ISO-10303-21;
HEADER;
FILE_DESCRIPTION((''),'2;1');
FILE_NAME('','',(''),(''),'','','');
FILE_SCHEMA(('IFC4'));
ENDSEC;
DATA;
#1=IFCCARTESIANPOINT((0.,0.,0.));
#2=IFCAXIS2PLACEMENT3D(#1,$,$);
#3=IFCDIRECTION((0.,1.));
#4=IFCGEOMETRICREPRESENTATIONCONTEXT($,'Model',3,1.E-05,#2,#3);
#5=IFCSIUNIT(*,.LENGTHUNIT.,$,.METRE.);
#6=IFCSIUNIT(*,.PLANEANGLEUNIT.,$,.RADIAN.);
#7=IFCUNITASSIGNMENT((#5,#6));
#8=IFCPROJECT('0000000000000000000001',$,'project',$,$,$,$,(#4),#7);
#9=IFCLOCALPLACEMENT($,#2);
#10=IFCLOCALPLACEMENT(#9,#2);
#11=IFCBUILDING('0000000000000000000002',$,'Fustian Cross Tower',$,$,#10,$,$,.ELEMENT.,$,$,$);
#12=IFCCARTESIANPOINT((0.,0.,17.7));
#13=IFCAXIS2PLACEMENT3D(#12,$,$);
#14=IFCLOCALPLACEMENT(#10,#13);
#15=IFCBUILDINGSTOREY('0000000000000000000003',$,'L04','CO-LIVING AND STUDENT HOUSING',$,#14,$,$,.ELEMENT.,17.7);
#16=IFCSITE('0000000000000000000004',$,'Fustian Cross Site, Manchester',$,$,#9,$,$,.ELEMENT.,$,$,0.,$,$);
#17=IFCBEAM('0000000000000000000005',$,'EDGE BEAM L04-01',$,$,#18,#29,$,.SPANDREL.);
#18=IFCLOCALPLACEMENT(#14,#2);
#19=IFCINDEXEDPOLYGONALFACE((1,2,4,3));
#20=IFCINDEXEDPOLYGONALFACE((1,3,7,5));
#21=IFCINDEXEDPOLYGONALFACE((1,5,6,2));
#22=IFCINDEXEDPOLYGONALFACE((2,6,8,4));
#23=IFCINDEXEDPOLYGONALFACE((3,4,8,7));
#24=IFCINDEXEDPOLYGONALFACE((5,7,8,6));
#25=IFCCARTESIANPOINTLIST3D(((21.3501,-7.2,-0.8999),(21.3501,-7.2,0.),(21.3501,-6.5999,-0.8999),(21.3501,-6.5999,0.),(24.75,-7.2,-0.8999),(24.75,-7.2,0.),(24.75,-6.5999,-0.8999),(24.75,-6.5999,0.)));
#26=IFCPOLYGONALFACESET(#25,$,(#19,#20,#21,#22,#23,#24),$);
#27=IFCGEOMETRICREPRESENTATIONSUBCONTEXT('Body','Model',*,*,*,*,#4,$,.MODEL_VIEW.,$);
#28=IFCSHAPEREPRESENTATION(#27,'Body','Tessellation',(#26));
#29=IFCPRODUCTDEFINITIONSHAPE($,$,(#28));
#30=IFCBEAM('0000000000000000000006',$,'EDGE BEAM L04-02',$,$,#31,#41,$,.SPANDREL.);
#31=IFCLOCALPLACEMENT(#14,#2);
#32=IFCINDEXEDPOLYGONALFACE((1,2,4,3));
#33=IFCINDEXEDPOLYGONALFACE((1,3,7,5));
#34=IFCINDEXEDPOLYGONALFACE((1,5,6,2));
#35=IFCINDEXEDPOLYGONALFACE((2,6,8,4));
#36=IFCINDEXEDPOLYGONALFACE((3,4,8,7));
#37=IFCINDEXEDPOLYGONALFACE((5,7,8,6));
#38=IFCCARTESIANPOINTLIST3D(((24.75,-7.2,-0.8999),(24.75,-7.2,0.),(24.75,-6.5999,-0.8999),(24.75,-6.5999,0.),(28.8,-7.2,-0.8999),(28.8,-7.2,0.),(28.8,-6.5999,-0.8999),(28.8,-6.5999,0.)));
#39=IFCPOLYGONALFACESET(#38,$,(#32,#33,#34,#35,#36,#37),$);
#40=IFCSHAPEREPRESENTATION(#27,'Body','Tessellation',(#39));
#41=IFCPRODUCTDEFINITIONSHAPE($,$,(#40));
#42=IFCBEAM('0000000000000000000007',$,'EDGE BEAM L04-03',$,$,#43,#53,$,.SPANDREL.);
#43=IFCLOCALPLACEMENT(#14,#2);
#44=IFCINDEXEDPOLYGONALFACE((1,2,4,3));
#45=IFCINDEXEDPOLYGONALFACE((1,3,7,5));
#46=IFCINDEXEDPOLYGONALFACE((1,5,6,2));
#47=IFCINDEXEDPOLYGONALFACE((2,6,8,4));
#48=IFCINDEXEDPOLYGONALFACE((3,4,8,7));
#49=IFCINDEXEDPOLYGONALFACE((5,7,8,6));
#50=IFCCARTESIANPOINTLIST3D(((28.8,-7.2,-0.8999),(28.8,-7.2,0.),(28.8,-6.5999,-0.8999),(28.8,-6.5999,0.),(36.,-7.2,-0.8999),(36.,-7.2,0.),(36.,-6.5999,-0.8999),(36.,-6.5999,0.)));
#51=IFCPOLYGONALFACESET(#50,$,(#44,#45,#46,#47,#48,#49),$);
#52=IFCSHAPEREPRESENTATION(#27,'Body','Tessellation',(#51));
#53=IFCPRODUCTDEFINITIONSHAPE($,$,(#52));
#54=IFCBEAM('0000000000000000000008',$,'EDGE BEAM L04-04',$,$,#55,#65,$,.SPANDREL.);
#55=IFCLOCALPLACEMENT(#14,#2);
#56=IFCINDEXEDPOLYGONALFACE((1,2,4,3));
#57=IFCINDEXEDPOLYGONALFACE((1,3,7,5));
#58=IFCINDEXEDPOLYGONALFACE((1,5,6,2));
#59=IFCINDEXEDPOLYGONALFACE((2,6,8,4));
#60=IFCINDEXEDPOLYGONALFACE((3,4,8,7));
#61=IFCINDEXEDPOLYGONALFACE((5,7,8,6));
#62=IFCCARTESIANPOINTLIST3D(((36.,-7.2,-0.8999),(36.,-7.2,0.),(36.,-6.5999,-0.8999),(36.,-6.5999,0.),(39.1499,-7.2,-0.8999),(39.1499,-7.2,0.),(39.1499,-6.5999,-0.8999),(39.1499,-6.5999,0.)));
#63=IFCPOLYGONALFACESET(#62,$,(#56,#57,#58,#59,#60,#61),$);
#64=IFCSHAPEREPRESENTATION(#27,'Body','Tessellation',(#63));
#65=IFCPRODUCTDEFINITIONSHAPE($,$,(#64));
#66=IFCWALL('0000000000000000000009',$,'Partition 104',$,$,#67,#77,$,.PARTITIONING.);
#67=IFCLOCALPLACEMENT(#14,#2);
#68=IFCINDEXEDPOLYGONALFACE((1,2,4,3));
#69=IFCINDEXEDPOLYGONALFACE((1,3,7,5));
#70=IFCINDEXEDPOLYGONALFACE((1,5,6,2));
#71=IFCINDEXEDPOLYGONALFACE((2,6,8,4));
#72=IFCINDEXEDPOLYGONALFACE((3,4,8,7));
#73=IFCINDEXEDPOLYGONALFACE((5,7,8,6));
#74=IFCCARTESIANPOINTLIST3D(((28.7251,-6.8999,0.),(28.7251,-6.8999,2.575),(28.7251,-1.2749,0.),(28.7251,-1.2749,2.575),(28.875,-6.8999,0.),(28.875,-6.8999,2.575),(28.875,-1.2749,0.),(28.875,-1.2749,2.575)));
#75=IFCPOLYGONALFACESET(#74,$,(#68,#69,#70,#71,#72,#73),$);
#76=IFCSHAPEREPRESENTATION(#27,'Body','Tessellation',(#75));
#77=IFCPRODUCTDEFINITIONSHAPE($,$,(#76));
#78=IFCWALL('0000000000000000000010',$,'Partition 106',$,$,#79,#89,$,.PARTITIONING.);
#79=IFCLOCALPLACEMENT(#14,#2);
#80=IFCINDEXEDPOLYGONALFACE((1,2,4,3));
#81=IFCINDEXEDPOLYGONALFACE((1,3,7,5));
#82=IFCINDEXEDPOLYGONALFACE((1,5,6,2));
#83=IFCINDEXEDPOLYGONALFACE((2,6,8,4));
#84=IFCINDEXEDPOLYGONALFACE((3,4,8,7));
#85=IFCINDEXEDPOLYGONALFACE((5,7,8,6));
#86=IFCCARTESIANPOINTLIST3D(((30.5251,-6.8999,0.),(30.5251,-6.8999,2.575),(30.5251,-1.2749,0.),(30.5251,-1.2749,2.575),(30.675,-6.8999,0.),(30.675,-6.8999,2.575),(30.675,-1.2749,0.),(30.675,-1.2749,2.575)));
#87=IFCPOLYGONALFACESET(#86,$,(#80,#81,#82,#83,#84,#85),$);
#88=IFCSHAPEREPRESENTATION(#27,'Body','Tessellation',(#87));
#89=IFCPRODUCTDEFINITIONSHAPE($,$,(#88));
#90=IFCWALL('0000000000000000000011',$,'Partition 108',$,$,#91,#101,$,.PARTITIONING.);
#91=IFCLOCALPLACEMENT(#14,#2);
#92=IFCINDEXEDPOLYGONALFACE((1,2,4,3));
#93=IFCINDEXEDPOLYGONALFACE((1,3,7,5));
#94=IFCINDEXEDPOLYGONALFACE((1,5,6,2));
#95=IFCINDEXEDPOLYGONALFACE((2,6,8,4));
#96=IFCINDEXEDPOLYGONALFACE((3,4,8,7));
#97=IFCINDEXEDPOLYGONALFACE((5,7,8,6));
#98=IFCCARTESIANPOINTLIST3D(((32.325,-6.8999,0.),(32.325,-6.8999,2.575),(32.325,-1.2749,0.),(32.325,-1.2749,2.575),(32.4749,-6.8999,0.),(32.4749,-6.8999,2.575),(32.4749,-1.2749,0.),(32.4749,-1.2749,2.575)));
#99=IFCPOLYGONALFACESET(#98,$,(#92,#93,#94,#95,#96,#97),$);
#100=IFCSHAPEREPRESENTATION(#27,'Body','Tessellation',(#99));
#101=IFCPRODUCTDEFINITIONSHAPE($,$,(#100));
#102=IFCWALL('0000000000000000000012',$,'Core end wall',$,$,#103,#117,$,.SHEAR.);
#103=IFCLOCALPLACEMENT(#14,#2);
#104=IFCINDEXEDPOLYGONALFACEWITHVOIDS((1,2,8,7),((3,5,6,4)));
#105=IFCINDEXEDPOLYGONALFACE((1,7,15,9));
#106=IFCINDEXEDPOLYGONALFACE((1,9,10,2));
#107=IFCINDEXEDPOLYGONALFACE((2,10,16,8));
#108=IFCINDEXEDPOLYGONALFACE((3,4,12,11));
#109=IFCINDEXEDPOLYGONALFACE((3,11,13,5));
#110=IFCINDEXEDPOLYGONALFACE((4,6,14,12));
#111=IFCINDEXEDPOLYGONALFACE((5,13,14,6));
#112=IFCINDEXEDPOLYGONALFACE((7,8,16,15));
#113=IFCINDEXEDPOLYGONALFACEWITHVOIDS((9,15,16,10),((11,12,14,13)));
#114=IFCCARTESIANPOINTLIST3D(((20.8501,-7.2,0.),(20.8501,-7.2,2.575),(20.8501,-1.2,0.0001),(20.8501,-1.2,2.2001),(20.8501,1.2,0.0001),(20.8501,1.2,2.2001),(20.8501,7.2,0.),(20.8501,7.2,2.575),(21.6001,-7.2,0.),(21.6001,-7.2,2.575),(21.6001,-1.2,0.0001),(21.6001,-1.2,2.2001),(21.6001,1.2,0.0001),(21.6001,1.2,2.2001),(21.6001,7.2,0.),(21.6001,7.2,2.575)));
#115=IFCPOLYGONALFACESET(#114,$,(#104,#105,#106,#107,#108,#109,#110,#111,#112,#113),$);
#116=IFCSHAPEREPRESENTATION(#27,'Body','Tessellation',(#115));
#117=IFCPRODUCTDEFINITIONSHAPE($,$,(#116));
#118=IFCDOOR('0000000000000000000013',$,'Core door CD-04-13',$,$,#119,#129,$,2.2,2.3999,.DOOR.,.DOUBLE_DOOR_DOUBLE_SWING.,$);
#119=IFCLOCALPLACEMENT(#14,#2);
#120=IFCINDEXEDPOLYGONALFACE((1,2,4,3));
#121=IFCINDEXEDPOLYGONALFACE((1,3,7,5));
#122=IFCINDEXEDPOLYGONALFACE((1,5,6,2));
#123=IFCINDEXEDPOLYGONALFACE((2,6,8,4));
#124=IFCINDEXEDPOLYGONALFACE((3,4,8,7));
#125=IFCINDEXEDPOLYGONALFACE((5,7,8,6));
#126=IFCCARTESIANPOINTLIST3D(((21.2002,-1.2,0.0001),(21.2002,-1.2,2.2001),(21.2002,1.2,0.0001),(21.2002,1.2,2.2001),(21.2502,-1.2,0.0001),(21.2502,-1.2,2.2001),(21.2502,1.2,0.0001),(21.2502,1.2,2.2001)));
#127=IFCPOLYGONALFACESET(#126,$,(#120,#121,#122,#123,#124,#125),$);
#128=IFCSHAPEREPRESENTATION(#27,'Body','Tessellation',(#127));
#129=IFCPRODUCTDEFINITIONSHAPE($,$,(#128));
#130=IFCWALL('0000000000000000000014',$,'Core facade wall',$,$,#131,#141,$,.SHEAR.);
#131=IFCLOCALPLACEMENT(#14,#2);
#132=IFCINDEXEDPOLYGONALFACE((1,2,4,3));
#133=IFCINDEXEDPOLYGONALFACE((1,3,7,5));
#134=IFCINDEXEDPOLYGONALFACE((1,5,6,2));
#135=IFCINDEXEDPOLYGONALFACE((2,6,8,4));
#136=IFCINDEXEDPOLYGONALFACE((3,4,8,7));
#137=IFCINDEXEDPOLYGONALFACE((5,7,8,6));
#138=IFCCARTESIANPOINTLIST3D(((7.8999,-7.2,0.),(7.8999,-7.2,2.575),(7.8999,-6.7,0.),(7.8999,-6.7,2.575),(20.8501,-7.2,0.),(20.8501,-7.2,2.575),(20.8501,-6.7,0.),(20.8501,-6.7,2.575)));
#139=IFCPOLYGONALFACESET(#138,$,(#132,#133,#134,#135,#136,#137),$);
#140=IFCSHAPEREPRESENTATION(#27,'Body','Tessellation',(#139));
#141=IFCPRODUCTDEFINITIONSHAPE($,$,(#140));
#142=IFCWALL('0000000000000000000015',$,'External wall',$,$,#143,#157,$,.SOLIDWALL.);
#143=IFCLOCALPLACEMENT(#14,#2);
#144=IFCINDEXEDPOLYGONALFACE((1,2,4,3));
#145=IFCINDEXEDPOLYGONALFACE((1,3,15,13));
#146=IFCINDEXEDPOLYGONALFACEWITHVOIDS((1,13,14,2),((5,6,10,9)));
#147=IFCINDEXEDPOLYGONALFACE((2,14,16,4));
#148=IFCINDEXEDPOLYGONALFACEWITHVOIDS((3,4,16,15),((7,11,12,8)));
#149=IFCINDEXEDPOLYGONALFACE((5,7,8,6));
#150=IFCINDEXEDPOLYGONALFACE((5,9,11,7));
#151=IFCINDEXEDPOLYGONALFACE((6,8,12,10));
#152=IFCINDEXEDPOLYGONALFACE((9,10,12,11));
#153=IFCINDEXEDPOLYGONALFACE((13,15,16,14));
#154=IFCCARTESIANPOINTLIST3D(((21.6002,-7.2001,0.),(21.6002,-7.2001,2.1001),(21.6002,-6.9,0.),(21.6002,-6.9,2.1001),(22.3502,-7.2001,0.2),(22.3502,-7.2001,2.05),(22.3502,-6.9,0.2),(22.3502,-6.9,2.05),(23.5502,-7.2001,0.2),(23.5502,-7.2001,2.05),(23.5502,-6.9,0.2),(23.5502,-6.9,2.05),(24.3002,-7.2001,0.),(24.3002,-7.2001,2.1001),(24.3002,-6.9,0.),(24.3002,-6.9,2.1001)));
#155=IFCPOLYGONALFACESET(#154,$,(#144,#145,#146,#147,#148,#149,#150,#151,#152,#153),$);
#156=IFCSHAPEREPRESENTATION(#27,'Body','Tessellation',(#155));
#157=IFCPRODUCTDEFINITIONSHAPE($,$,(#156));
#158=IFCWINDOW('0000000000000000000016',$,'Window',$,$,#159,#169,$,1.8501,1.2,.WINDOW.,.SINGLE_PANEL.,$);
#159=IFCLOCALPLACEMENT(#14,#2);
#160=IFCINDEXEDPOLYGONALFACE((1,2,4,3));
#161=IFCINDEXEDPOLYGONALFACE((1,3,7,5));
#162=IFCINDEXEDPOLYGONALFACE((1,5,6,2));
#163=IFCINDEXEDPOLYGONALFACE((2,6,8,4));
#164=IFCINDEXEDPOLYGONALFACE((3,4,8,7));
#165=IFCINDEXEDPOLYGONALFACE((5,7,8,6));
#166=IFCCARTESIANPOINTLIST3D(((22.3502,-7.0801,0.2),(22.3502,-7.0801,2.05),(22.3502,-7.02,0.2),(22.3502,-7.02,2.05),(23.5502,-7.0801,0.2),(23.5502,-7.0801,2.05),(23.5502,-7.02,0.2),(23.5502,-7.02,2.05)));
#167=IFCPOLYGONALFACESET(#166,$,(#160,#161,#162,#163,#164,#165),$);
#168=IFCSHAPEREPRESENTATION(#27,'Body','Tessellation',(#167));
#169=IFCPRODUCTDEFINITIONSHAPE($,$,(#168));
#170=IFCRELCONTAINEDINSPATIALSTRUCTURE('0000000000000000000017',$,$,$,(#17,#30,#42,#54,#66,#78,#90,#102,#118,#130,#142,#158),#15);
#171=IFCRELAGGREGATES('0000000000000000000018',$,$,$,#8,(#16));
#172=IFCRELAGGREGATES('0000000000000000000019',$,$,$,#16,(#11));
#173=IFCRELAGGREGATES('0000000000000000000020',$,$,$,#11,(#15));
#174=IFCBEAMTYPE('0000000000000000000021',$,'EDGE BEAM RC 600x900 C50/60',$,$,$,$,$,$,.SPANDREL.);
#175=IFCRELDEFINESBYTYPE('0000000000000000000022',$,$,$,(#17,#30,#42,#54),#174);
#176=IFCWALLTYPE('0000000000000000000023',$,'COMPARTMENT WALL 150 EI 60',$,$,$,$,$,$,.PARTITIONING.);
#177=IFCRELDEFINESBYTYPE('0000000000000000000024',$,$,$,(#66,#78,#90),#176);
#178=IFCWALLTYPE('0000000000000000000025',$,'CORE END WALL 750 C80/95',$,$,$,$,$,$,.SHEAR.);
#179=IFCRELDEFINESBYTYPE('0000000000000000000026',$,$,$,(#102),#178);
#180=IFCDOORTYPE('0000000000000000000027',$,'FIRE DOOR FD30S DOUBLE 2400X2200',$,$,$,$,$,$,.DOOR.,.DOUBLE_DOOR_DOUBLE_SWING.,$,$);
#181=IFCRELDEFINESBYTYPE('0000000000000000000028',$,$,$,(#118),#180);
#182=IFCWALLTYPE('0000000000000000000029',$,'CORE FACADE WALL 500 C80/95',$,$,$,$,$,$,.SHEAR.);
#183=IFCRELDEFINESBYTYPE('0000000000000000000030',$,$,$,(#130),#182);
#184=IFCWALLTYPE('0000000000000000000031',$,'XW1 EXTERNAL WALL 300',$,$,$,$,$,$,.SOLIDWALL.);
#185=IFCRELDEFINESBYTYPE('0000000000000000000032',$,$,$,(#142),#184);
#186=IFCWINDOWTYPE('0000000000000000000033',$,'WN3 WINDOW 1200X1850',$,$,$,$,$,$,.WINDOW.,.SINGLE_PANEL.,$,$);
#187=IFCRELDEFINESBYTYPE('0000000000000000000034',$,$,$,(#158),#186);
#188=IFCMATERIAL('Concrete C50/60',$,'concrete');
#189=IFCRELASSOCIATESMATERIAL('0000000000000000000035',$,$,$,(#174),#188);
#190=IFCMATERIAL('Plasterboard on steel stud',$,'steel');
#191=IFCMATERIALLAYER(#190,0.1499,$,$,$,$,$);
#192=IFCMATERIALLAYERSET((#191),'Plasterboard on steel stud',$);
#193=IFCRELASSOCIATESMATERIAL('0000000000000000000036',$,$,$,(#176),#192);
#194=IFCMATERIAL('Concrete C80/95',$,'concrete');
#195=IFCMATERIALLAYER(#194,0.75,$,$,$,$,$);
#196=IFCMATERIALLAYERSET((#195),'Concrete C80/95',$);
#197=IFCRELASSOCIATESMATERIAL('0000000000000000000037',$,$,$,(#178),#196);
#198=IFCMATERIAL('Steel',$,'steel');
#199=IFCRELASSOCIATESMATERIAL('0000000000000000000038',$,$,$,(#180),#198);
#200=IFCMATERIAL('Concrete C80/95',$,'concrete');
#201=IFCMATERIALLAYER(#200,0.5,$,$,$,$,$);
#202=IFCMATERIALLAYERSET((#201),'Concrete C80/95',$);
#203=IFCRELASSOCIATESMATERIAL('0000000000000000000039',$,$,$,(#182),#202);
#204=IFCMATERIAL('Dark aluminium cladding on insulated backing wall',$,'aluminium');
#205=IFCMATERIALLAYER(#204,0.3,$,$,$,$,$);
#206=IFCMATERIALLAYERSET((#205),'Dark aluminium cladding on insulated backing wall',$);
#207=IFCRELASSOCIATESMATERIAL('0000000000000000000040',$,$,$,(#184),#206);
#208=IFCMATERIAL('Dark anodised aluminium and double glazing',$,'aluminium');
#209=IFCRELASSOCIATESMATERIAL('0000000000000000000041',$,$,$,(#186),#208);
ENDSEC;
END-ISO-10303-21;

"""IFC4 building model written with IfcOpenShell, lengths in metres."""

from ifc_helpers import new_model, si_unit, direction, frame, frame_2d, origin, origin_2d, place, context, subcontext, project, spatial, rectangle, extrude, material, layer, layer_set, material_profile, profile_set, type_object, element, fill, save


model = new_model("IFC4")

# Units and contexts
model_context = context("Model", 3, precision=1e-05, world=origin(), true_north=direction((0.0, 1.0)))
body_context = subcontext(model_context, "Body", "Model", "MODEL_VIEW")
ifc_project = project(units=[si_unit("LENGTHUNIT", "METRE"), si_unit("PLANEANGLEUNIT", "RADIAN")], contexts=[model_context])

# Site, building, storey
site_placement = place(None, origin())
site = spatial("IfcSite", under=ifc_project, at=site_placement, Name="Fustian Cross Site, Manchester", CompositionType="ELEMENT", RefElevation=0.0)
building_placement = place(site_placement, origin())
building = spatial("IfcBuilding", under=site, at=building_placement, Name="Fustian Cross Tower", CompositionType="ELEMENT")
storey_placement = place(building_placement, frame((0.0, 0.0, 17.7)))
storey = spatial("IfcBuildingStorey", under=building, at=storey_placement, Name="L04", Description="CO-LIVING AND STUDENT HOUSING", CompositionType="ELEMENT", Elevation=17.7)

# Beams
ifc_material_1 = material(Name="Concrete C50/60", Category="concrete")
ifc_material_profile = material_profile(ifc_material_1, rectangle(XDim=0.6001, YDim=0.8999, at=origin_2d()), Name="RC 600x900")
ifc_profile_set = profile_set([ifc_material_profile], Name="Concrete C50/60")
beam_type = type_object("IfcBeamType", Name="EDGE BEAM RC 600x900 C50/60", PredefinedType="SPANDREL", material=ifc_profile_set)
beam_1_placement = place(storey_placement, frame((21.3501, -6.8999, -0.45), z_axis=(1.0, 0.0, 0.0), x_axis=(0.0, 1.0, 0.0)))
element("IfcBeam", 1, at=beam_1_placement, inside=storey, type_object=beam_type, Name="EDGE BEAM L04-01", PredefinedType="SPANDREL", context=body_context, shape_type="SweptSolid", body=[
    extrude(rectangle(XDim=0.6001, YDim=0.8999, at=origin_2d()), origin(), (0.0, 0.0, 1.0), 3.3999),
])
beam_2_placement = place(storey_placement, frame((24.75, -6.8999, -0.45), z_axis=(1.0, 0.0, 0.0), x_axis=(0.0, 1.0, 0.0)))
element("IfcBeam", 2, at=beam_2_placement, inside=storey, type_object=beam_type, Name="EDGE BEAM L04-02", PredefinedType="SPANDREL", context=body_context, shape_type="SweptSolid", body=[
    extrude(rectangle(XDim=0.6001, YDim=0.8999, at=origin_2d()), origin(), (0.0, 0.0, 1.0), 4.05),
])
beam_3_placement = place(storey_placement, frame((28.8, -6.8999, -0.45), z_axis=(1.0, 0.0, 0.0), x_axis=(0.0, 1.0, 0.0)))
element("IfcBeam", 3, at=beam_3_placement, inside=storey, type_object=beam_type, Name="EDGE BEAM L04-03", PredefinedType="SPANDREL", context=body_context, shape_type="SweptSolid", body=[
    extrude(rectangle(XDim=0.6001, YDim=0.8999, at=origin_2d()), origin(), (0.0, 0.0, 1.0), 7.2),
])
beam_4_placement = place(storey_placement, frame((36.0, -6.8999, -0.45), z_axis=(1.0, 0.0, 0.0), x_axis=(0.0, 1.0, 0.0)))
element("IfcBeam", 4, at=beam_4_placement, inside=storey, type_object=beam_type, Name="EDGE BEAM L04-04", PredefinedType="SPANDREL", context=body_context, shape_type="SweptSolid", body=[
    extrude(rectangle(XDim=0.6001, YDim=0.8999, at=origin_2d()), origin(), (0.0, 0.0, 1.0), 3.1499),
])

# Walls
ifc_material_2 = material(Name="Plasterboard on steel stud", Category="steel")
ifc_layer_1 = layer(ifc_material_2, 0.1499)
ifc_layer_set_1 = layer_set([ifc_layer_1], Name="Plasterboard on steel stud")
wall_type_1 = type_object("IfcWallType", Name="COMPARTMENT WALL 150 EI 60", PredefinedType="PARTITIONING", material=ifc_layer_set_1)
for number, where, z_axis, x_axis, name in (
    (5, (28.8, -6.8999, 0.0), (0.0, 0.0, 1.0), (0.0, 1.0, 0.0), "Partition 104"),
    (6, (30.6001, -6.8999, 0.0), (0.0, 0.0, 1.0), (0.0, 1.0, 0.0), "Partition 106"),
    (7, (32.3999, -6.8999, 0.0), (0.0, 0.0, 1.0), (0.0, 1.0, 0.0), "Partition 108"),
):
    element("IfcWall", number, at=place(storey_placement, frame(where, z_axis=z_axis, x_axis=x_axis)), inside=storey, type_object=wall_type_1, Name=name, PredefinedType="PARTITIONING", context=body_context, shape_type="SweptSolid", body=[
        extrude(rectangle(XDim=5.625, YDim=0.1499, at=frame_2d((2.8125, 0.0))), origin(), (0.0, 0.0, 1.0), 2.575),
    ])

# Wall, opening, door
ifc_material_3 = material(Name="Concrete C80/95", Category="concrete")
ifc_layer_2 = layer(ifc_material_3, 0.75)
ifc_layer_set_2 = layer_set([ifc_layer_2], Name="Concrete C80/95")
wall_type_2 = type_object("IfcWallType", Name="CORE END WALL 750 C80/95", PredefinedType="SHEAR", material=ifc_layer_set_2)
wall_1_placement = place(storey_placement, frame((21.2251, -7.2, 0.0), z_axis=(0.0, 0.0, 1.0), x_axis=(0.0, 1.0, 0.0)))
wall_1 = element("IfcWall", 8, at=wall_1_placement, inside=storey, type_object=wall_type_2, Name="Core end wall", PredefinedType="SHEAR", context=body_context, shape_type="SweptSolid", body=[
    extrude(rectangle(XDim=14.3999, YDim=0.75, at=frame_2d((7.2, 0.0))), origin(), (0.0, 0.0, 1.0), 2.575),
])
opening_1_placement = place(wall_1_placement, frame((6.0, 0.0, 0.0)))
opening_1 = element("IfcOpeningElement", 9, at=opening_1_placement, cuts=wall_1, PredefinedType="OPENING", context=body_context, shape_type="SweptSolid", body=[
    extrude(rectangle(XDim=2.3999, YDim=2.2, at=frame_2d((1.2, 1.1001))), frame((0.0, 0.385, 0.0), z_axis=(0.0, -1.0, 0.0), x_axis=(1.0, 0.0, 0.0)), (0.0, 0.0, 1.0), 0.77),
])
ifc_material_4 = material(Name="Steel", Category="steel")
door_type = type_object("IfcDoorType", Name="FIRE DOOR FD30S DOUBLE 2400X2200", OperationType="DOUBLE_DOOR_DOUBLE_SWING", PredefinedType="DOOR", material=ifc_material_4)
door_placement = place(opening_1_placement, origin())
door = element("IfcDoor", 10, at=door_placement, inside=storey, type_object=door_type, Name="Core door CD-04-13", OperationType="DOUBLE_DOOR_DOUBLE_SWING", OverallHeight=2.2, OverallWidth=2.3999, PredefinedType="DOOR", context=body_context, shape_type="SweptSolid", body=[
    extrude(rectangle(XDim=2.3999, YDim=2.2, at=frame_2d((1.2, 1.1001))), frame((0.0, 0.0249, 0.0), z_axis=(0.0, -1.0, 0.0), x_axis=(1.0, 0.0, 0.0)), (0.0, 0.0, 1.0), 0.05),
])
fill(opening_1, door)

# Wall
ifc_material_5 = material(Name="Concrete C80/95", Category="concrete")
ifc_layer_3 = layer(ifc_material_5, 0.5)
ifc_layer_set_3 = layer_set([ifc_layer_3], Name="Concrete C80/95")
wall_type_3 = type_object("IfcWallType", Name="CORE FACADE WALL 500 C80/95", PredefinedType="SHEAR", material=ifc_layer_set_3)
wall_2_placement = place(storey_placement, frame((7.8999, -6.95, 0.0), z_axis=(0.0, 0.0, 1.0), x_axis=(1.0, 0.0, 0.0)))
element("IfcWall", 11, at=wall_2_placement, inside=storey, type_object=wall_type_3, Name="Core facade wall", PredefinedType="SHEAR", context=body_context, shape_type="SweptSolid", body=[
    extrude(rectangle(XDim=12.9502, YDim=0.5, at=frame_2d((6.4751, 0.0))), origin(), (0.0, 0.0, 1.0), 2.575),
])

# Wall, opening, window
ifc_material_6 = material(Name="Dark aluminium cladding on insulated backing wall", Category="aluminium")
ifc_layer_4 = layer(ifc_material_6, 0.3)
ifc_layer_set_4 = layer_set([ifc_layer_4], Name="Dark aluminium cladding on insulated backing wall")
wall_type_4 = type_object("IfcWallType", Name="XW1 EXTERNAL WALL 300", PredefinedType="SOLIDWALL", material=ifc_layer_set_4)
wall_3_placement = place(storey_placement, frame((21.6001, -7.05, 0.0), z_axis=(0.0, 0.0, 1.0), x_axis=(1.0, 0.0, 0.0)))
wall_3 = element("IfcWall", 12, at=wall_3_placement, inside=storey, type_object=wall_type_4, Name="External wall", PredefinedType="SOLIDWALL", context=body_context, shape_type="SweptSolid", body=[
    extrude(rectangle(XDim=2.7, YDim=0.3, at=frame_2d((1.3501, 0.0))), origin(), (0.0, 0.0, 1.0), 2.1001),
])
opening_2_placement = place(wall_3_placement, frame((0.75, 0.0, 0.2)))
opening_2 = element("IfcOpeningElement", 13, at=opening_2_placement, cuts=wall_3, PredefinedType="OPENING", context=body_context, shape_type="SweptSolid", body=[
    extrude(rectangle(XDim=1.2, YDim=1.8501, at=frame_2d((0.6001, 0.925))), frame((0.0, 0.1599, 0.0), z_axis=(0.0, -1.0, 0.0), x_axis=(1.0, 0.0, 0.0)), (0.0, 0.0, 1.0), 0.3201),
])
ifc_material_7 = material(Name="Dark anodised aluminium and double glazing", Category="aluminium")
window_type = type_object("IfcWindowType", Name="WN3 WINDOW 1200X1850", PartitioningType="SINGLE_PANEL", PredefinedType="WINDOW", material=ifc_material_7)
window_1_placement = place(opening_2_placement, origin())
window_1 = element("IfcWindow", 14, at=window_1_placement, inside=storey, type_object=window_type, Name="Window", OverallHeight=1.8501, OverallWidth=1.2, PartitioningType="SINGLE_PANEL", PredefinedType="WINDOW", context=body_context, shape_type="SweptSolid", body=[
    extrude(rectangle(XDim=1.2, YDim=1.8501, at=frame_2d((0.6001, 0.925))), frame((0.0, 0.03, 0.0), z_axis=(0.0, -1.0, 0.0), x_axis=(1.0, 0.0, 0.0)), (0.0, 0.0, 1.0), 0.0601),
])
fill(opening_2, window_1)

save(model, "model.ifc")
